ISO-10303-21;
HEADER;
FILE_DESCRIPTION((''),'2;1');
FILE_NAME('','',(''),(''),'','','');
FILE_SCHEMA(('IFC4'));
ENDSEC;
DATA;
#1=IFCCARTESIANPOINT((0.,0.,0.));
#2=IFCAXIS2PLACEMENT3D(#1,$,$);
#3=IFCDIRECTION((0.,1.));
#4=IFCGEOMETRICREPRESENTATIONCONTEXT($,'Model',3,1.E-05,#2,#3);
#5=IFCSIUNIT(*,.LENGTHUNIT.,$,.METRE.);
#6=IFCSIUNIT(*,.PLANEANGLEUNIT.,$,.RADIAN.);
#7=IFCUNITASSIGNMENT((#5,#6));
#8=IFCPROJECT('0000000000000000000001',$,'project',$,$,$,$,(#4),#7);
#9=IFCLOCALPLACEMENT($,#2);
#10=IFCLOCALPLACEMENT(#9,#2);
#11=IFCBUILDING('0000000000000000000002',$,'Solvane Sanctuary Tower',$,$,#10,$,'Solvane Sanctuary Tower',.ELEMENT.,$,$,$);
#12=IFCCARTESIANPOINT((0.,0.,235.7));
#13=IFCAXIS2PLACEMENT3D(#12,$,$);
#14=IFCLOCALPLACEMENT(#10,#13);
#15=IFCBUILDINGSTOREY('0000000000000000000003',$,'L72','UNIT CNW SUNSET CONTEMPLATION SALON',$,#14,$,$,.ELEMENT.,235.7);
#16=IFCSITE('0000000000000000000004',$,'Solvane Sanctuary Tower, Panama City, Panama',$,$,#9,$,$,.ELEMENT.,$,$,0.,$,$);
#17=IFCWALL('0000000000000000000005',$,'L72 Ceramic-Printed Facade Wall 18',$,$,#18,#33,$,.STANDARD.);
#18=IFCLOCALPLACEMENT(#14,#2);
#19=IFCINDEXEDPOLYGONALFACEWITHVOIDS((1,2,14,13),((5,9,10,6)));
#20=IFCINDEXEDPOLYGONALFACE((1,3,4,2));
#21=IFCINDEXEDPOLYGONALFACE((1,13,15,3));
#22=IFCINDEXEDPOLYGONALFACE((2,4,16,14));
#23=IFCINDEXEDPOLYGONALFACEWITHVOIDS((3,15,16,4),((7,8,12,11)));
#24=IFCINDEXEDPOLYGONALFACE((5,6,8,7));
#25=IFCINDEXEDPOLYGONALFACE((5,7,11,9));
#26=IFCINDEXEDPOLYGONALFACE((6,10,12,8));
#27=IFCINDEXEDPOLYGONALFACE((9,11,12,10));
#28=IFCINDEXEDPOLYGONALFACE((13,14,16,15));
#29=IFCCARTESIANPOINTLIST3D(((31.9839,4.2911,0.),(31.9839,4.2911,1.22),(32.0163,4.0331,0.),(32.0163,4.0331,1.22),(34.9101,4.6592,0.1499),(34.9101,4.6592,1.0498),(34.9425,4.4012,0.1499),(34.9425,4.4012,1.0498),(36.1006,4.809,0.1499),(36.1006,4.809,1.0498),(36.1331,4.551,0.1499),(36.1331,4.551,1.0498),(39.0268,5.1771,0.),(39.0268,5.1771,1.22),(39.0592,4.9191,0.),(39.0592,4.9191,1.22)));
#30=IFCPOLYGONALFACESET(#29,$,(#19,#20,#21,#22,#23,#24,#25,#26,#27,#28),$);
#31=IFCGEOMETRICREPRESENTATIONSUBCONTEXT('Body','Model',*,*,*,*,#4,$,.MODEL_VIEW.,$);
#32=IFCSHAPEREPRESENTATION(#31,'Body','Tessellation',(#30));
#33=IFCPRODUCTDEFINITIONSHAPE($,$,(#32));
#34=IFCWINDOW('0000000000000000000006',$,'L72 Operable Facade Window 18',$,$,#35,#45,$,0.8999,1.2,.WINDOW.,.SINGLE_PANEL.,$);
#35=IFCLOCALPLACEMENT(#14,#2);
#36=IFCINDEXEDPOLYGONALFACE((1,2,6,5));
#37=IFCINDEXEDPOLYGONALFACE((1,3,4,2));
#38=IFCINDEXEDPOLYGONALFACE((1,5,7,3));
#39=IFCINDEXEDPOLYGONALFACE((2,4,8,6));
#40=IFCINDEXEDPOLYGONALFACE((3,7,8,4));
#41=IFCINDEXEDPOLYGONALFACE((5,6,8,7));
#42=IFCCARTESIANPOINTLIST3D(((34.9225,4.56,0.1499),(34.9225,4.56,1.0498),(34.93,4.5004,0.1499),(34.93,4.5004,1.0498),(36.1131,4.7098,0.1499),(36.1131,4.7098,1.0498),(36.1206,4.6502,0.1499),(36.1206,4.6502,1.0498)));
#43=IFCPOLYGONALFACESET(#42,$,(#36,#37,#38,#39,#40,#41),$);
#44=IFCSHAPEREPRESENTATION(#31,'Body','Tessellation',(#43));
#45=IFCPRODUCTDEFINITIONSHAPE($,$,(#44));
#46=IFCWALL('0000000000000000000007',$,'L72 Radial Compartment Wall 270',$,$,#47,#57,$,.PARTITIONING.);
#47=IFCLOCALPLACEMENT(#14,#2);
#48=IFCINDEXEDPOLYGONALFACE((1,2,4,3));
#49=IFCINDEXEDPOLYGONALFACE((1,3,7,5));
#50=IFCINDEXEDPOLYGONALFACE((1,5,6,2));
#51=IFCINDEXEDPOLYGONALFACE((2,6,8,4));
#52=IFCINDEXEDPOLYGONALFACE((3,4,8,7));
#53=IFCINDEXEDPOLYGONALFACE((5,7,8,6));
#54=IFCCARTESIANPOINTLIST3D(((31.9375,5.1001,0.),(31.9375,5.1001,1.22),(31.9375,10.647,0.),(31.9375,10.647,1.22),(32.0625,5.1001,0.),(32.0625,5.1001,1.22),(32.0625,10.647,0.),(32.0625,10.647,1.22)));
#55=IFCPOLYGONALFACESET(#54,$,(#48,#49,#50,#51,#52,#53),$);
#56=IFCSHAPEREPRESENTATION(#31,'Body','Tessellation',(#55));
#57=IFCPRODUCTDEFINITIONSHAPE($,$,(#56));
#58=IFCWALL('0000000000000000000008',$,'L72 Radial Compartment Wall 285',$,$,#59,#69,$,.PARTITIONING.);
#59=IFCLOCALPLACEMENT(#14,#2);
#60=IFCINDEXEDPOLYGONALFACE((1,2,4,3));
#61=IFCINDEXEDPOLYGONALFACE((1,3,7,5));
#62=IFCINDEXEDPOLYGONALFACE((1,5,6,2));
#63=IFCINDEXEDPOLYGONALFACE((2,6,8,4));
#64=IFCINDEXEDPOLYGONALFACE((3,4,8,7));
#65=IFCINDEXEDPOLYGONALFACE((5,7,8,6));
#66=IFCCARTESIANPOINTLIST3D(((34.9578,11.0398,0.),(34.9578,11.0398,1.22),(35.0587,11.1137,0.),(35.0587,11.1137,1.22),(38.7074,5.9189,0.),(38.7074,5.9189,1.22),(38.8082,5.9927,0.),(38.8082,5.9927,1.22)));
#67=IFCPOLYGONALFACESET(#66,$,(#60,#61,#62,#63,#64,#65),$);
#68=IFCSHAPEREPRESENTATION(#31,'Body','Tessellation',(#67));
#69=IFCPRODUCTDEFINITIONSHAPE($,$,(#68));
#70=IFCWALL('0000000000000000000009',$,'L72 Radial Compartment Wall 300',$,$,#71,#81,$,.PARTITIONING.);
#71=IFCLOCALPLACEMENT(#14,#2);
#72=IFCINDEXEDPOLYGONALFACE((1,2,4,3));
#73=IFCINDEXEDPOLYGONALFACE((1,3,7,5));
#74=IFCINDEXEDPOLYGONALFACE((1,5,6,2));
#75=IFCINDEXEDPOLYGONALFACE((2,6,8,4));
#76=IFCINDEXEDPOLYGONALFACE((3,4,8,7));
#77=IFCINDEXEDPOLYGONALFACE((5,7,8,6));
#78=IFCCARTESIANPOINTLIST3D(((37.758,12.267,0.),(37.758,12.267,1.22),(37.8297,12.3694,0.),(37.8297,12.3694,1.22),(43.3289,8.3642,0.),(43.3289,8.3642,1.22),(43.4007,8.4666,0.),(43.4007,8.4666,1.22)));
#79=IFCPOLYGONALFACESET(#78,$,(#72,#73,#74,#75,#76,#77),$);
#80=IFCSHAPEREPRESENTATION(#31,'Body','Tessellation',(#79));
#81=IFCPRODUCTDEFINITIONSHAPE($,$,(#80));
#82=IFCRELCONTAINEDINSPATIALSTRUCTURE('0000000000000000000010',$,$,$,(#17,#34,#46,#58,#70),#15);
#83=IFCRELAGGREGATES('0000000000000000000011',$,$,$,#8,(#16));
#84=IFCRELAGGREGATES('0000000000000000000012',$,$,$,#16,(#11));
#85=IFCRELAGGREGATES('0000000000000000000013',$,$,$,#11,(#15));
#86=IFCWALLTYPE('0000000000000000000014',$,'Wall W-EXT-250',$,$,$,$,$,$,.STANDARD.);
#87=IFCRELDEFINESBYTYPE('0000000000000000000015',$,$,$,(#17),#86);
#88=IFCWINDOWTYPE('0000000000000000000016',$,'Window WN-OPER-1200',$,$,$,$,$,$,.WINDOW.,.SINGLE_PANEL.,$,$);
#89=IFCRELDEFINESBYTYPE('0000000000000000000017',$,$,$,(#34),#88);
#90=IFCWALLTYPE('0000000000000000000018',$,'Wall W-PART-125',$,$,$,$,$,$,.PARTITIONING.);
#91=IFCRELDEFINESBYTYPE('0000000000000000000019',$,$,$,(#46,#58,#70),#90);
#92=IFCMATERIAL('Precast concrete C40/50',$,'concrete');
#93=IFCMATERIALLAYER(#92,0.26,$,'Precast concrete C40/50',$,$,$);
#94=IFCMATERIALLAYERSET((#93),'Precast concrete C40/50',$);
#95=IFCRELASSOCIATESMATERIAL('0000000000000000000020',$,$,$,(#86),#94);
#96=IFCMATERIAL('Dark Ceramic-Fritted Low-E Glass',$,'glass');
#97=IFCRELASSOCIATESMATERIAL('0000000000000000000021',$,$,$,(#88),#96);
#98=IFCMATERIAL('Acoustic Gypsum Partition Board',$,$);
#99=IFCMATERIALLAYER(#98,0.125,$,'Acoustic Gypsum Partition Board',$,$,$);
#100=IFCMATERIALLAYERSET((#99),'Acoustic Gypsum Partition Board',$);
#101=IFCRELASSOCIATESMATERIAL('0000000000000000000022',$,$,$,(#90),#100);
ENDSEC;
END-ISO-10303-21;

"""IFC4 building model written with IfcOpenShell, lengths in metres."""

from ifc_helpers import new_model, si_unit, direction, frame, frame_2d, origin, place, context, subcontext, project, spatial, rectangle, extrude, material, layer, layer_set, type_object, element, fill, save


model = new_model("IFC4")

# Units and contexts
model_context = context("Model", 3, precision=1e-05, world=origin(), true_north=direction((0.0, 1.0)))
body_context = subcontext(model_context, "Body", "Model", "MODEL_VIEW")
ifc_project = project(units=[si_unit("LENGTHUNIT", "METRE"), si_unit("PLANEANGLEUNIT", "RADIAN")], contexts=[model_context])

# Site, building, storey
site_placement = place(None, origin())
site = spatial("IfcSite", under=ifc_project, at=site_placement, Name="Solvane Sanctuary Tower, Panama City, Panama", CompositionType="ELEMENT", RefElevation=0.0)
building_placement = place(site_placement, origin())
building = spatial("IfcBuilding", under=site, at=building_placement, Name="Solvane Sanctuary Tower", LongName="Solvane Sanctuary Tower", CompositionType="ELEMENT")
storey_placement = place(building_placement, frame((0.0, 0.0, 235.7)))
storey = spatial("IfcBuildingStorey", under=building, at=storey_placement, Name="L72", Description="UNIT CNW SUNSET CONTEMPLATION SALON", CompositionType="ELEMENT", Elevation=235.7)

# Shared definitions
ifc_material_1 = material(Name="Acoustic Gypsum Partition Board")

# Wall, opening, window
ifc_material_2 = material(Name="Precast concrete C40/50", Category="concrete")
ifc_layer_1 = layer(ifc_material_2, 0.26, Name="Precast concrete C40/50")
ifc_layer_set_1 = layer_set([ifc_layer_1], Name="Precast concrete C40/50")
wall_type_1 = type_object("IfcWallType", Name="Wall W-EXT-250", PredefinedType="STANDARD", material=ifc_layer_set_1)
wall_1_placement = place(storey_placement, frame((32.0, 4.1621, 0.0), z_axis=(0.0, 0.0, 1.0), x_axis=(0.99218, 0.124814, 0.0)))
wall_1 = element("IfcWall", 1, at=wall_1_placement, inside=storey, type_object=wall_type_1, Name="L72 Ceramic-Printed Facade Wall 18", PredefinedType="STANDARD", context=body_context, shape_type="SweptSolid", body=[
    extrude(rectangle(XDim=7.0984, YDim=0.26, at=frame_2d((3.5493, 0.0))), origin(), (0.0, 0.0, 1.0), 1.22),
])
opening_1_placement = place(wall_1_placement, frame((2.9492, 0.0, 0.1499)))
opening_1 = element("IfcOpeningElement", 2, at=opening_1_placement, cuts=wall_1, PredefinedType="OPENING", context=body_context, shape_type="SweptSolid", body=[
    extrude(rectangle(XDim=1.2, YDim=0.8999, at=frame_2d((0.6001, 0.45))), frame((0.0, 0.1399, 0.0), z_axis=(0.0, -1.0, 0.0), x_axis=(1.0, 0.0, 0.0)), (0.0, 0.0, 1.0), 0.28),
])
ifc_material_3 = material(Name="Dark Ceramic-Fritted Low-E Glass", Category="glass")
window_type = type_object("IfcWindowType", Name="Window WN-OPER-1200", PartitioningType="SINGLE_PANEL", PredefinedType="WINDOW", material=ifc_material_3)
window_placement = place(opening_1_placement, origin())
window = element("IfcWindow", 3, at=window_placement, inside=storey, type_object=window_type, Name="L72 Operable Facade Window 18", OverallHeight=0.8999, OverallWidth=1.2, PartitioningType="SINGLE_PANEL", PredefinedType="WINDOW", context=body_context, shape_type="SweptSolid", body=[
    extrude(rectangle(XDim=1.2, YDim=0.8999, at=frame_2d((0.6001, 0.45))), frame((0.0, 0.03, 0.0), z_axis=(0.0, -1.0, 0.0), x_axis=(1.0, 0.0, 0.0)), (0.0, 0.0, 1.0), 0.0601),
])
fill(opening_1, window)

# Walls
ifc_layer_2 = layer(ifc_material_1, 0.125, Name="Acoustic Gypsum Partition Board")
ifc_layer_set_2 = layer_set([ifc_layer_2], Name="Acoustic Gypsum Partition Board")
wall_type_2 = type_object("IfcWallType", Name="Wall W-PART-125", PredefinedType="PARTITIONING", material=ifc_layer_set_2)
wall_2_placement = place(storey_placement, frame((32.0, 10.647, 0.0), z_axis=(0.0, 0.0, 1.0), x_axis=(0.0, -1.0, 0.0)))
element("IfcWall", 4, at=wall_2_placement, inside=storey, type_object=wall_type_2, Name="L72 Radial Compartment Wall 270", PredefinedType="PARTITIONING", context=body_context, shape_type="SweptSolid", body=[
    extrude(rectangle(XDim=5.5469, YDim=0.125, at=frame_2d((2.7734, 0.0))), origin(), (0.0, 0.0, 1.0), 1.22),
])
wall_3_placement = place(storey_placement, frame((35.0083, 11.0767, 0.0), z_axis=(0.0, 0.0, 1.0), x_axis=(0.590771, -0.806839, 0.0)))
element("IfcWall", 5, at=wall_3_placement, inside=storey, type_object=wall_type_2, Name="L72 Radial Compartment Wall 285", PredefinedType="PARTITIONING", context=body_context, shape_type="SweptSolid", body=[
    extrude(rectangle(XDim=6.3469, YDim=0.125, at=frame_2d((3.1733, 0.0))), origin(), (0.0, 0.0, 1.0), 1.22),
])
wall_4_placement = place(storey_placement, frame((37.7939, 12.3181, 0.0), z_axis=(0.0, 0.0, 1.0), x_axis=(0.819018, -0.573768, 0.0)))
element("IfcWall", 6, at=wall_4_placement, inside=storey, type_object=wall_type_2, Name="L72 Radial Compartment Wall 300", PredefinedType="PARTITIONING", context=body_context, shape_type="SweptSolid", body=[
    extrude(rectangle(XDim=6.802, YDim=0.125, at=frame_2d((3.4009, 0.0))), origin(), (0.0, 0.0, 1.0), 1.22),
])

save(model, "model.ifc")
